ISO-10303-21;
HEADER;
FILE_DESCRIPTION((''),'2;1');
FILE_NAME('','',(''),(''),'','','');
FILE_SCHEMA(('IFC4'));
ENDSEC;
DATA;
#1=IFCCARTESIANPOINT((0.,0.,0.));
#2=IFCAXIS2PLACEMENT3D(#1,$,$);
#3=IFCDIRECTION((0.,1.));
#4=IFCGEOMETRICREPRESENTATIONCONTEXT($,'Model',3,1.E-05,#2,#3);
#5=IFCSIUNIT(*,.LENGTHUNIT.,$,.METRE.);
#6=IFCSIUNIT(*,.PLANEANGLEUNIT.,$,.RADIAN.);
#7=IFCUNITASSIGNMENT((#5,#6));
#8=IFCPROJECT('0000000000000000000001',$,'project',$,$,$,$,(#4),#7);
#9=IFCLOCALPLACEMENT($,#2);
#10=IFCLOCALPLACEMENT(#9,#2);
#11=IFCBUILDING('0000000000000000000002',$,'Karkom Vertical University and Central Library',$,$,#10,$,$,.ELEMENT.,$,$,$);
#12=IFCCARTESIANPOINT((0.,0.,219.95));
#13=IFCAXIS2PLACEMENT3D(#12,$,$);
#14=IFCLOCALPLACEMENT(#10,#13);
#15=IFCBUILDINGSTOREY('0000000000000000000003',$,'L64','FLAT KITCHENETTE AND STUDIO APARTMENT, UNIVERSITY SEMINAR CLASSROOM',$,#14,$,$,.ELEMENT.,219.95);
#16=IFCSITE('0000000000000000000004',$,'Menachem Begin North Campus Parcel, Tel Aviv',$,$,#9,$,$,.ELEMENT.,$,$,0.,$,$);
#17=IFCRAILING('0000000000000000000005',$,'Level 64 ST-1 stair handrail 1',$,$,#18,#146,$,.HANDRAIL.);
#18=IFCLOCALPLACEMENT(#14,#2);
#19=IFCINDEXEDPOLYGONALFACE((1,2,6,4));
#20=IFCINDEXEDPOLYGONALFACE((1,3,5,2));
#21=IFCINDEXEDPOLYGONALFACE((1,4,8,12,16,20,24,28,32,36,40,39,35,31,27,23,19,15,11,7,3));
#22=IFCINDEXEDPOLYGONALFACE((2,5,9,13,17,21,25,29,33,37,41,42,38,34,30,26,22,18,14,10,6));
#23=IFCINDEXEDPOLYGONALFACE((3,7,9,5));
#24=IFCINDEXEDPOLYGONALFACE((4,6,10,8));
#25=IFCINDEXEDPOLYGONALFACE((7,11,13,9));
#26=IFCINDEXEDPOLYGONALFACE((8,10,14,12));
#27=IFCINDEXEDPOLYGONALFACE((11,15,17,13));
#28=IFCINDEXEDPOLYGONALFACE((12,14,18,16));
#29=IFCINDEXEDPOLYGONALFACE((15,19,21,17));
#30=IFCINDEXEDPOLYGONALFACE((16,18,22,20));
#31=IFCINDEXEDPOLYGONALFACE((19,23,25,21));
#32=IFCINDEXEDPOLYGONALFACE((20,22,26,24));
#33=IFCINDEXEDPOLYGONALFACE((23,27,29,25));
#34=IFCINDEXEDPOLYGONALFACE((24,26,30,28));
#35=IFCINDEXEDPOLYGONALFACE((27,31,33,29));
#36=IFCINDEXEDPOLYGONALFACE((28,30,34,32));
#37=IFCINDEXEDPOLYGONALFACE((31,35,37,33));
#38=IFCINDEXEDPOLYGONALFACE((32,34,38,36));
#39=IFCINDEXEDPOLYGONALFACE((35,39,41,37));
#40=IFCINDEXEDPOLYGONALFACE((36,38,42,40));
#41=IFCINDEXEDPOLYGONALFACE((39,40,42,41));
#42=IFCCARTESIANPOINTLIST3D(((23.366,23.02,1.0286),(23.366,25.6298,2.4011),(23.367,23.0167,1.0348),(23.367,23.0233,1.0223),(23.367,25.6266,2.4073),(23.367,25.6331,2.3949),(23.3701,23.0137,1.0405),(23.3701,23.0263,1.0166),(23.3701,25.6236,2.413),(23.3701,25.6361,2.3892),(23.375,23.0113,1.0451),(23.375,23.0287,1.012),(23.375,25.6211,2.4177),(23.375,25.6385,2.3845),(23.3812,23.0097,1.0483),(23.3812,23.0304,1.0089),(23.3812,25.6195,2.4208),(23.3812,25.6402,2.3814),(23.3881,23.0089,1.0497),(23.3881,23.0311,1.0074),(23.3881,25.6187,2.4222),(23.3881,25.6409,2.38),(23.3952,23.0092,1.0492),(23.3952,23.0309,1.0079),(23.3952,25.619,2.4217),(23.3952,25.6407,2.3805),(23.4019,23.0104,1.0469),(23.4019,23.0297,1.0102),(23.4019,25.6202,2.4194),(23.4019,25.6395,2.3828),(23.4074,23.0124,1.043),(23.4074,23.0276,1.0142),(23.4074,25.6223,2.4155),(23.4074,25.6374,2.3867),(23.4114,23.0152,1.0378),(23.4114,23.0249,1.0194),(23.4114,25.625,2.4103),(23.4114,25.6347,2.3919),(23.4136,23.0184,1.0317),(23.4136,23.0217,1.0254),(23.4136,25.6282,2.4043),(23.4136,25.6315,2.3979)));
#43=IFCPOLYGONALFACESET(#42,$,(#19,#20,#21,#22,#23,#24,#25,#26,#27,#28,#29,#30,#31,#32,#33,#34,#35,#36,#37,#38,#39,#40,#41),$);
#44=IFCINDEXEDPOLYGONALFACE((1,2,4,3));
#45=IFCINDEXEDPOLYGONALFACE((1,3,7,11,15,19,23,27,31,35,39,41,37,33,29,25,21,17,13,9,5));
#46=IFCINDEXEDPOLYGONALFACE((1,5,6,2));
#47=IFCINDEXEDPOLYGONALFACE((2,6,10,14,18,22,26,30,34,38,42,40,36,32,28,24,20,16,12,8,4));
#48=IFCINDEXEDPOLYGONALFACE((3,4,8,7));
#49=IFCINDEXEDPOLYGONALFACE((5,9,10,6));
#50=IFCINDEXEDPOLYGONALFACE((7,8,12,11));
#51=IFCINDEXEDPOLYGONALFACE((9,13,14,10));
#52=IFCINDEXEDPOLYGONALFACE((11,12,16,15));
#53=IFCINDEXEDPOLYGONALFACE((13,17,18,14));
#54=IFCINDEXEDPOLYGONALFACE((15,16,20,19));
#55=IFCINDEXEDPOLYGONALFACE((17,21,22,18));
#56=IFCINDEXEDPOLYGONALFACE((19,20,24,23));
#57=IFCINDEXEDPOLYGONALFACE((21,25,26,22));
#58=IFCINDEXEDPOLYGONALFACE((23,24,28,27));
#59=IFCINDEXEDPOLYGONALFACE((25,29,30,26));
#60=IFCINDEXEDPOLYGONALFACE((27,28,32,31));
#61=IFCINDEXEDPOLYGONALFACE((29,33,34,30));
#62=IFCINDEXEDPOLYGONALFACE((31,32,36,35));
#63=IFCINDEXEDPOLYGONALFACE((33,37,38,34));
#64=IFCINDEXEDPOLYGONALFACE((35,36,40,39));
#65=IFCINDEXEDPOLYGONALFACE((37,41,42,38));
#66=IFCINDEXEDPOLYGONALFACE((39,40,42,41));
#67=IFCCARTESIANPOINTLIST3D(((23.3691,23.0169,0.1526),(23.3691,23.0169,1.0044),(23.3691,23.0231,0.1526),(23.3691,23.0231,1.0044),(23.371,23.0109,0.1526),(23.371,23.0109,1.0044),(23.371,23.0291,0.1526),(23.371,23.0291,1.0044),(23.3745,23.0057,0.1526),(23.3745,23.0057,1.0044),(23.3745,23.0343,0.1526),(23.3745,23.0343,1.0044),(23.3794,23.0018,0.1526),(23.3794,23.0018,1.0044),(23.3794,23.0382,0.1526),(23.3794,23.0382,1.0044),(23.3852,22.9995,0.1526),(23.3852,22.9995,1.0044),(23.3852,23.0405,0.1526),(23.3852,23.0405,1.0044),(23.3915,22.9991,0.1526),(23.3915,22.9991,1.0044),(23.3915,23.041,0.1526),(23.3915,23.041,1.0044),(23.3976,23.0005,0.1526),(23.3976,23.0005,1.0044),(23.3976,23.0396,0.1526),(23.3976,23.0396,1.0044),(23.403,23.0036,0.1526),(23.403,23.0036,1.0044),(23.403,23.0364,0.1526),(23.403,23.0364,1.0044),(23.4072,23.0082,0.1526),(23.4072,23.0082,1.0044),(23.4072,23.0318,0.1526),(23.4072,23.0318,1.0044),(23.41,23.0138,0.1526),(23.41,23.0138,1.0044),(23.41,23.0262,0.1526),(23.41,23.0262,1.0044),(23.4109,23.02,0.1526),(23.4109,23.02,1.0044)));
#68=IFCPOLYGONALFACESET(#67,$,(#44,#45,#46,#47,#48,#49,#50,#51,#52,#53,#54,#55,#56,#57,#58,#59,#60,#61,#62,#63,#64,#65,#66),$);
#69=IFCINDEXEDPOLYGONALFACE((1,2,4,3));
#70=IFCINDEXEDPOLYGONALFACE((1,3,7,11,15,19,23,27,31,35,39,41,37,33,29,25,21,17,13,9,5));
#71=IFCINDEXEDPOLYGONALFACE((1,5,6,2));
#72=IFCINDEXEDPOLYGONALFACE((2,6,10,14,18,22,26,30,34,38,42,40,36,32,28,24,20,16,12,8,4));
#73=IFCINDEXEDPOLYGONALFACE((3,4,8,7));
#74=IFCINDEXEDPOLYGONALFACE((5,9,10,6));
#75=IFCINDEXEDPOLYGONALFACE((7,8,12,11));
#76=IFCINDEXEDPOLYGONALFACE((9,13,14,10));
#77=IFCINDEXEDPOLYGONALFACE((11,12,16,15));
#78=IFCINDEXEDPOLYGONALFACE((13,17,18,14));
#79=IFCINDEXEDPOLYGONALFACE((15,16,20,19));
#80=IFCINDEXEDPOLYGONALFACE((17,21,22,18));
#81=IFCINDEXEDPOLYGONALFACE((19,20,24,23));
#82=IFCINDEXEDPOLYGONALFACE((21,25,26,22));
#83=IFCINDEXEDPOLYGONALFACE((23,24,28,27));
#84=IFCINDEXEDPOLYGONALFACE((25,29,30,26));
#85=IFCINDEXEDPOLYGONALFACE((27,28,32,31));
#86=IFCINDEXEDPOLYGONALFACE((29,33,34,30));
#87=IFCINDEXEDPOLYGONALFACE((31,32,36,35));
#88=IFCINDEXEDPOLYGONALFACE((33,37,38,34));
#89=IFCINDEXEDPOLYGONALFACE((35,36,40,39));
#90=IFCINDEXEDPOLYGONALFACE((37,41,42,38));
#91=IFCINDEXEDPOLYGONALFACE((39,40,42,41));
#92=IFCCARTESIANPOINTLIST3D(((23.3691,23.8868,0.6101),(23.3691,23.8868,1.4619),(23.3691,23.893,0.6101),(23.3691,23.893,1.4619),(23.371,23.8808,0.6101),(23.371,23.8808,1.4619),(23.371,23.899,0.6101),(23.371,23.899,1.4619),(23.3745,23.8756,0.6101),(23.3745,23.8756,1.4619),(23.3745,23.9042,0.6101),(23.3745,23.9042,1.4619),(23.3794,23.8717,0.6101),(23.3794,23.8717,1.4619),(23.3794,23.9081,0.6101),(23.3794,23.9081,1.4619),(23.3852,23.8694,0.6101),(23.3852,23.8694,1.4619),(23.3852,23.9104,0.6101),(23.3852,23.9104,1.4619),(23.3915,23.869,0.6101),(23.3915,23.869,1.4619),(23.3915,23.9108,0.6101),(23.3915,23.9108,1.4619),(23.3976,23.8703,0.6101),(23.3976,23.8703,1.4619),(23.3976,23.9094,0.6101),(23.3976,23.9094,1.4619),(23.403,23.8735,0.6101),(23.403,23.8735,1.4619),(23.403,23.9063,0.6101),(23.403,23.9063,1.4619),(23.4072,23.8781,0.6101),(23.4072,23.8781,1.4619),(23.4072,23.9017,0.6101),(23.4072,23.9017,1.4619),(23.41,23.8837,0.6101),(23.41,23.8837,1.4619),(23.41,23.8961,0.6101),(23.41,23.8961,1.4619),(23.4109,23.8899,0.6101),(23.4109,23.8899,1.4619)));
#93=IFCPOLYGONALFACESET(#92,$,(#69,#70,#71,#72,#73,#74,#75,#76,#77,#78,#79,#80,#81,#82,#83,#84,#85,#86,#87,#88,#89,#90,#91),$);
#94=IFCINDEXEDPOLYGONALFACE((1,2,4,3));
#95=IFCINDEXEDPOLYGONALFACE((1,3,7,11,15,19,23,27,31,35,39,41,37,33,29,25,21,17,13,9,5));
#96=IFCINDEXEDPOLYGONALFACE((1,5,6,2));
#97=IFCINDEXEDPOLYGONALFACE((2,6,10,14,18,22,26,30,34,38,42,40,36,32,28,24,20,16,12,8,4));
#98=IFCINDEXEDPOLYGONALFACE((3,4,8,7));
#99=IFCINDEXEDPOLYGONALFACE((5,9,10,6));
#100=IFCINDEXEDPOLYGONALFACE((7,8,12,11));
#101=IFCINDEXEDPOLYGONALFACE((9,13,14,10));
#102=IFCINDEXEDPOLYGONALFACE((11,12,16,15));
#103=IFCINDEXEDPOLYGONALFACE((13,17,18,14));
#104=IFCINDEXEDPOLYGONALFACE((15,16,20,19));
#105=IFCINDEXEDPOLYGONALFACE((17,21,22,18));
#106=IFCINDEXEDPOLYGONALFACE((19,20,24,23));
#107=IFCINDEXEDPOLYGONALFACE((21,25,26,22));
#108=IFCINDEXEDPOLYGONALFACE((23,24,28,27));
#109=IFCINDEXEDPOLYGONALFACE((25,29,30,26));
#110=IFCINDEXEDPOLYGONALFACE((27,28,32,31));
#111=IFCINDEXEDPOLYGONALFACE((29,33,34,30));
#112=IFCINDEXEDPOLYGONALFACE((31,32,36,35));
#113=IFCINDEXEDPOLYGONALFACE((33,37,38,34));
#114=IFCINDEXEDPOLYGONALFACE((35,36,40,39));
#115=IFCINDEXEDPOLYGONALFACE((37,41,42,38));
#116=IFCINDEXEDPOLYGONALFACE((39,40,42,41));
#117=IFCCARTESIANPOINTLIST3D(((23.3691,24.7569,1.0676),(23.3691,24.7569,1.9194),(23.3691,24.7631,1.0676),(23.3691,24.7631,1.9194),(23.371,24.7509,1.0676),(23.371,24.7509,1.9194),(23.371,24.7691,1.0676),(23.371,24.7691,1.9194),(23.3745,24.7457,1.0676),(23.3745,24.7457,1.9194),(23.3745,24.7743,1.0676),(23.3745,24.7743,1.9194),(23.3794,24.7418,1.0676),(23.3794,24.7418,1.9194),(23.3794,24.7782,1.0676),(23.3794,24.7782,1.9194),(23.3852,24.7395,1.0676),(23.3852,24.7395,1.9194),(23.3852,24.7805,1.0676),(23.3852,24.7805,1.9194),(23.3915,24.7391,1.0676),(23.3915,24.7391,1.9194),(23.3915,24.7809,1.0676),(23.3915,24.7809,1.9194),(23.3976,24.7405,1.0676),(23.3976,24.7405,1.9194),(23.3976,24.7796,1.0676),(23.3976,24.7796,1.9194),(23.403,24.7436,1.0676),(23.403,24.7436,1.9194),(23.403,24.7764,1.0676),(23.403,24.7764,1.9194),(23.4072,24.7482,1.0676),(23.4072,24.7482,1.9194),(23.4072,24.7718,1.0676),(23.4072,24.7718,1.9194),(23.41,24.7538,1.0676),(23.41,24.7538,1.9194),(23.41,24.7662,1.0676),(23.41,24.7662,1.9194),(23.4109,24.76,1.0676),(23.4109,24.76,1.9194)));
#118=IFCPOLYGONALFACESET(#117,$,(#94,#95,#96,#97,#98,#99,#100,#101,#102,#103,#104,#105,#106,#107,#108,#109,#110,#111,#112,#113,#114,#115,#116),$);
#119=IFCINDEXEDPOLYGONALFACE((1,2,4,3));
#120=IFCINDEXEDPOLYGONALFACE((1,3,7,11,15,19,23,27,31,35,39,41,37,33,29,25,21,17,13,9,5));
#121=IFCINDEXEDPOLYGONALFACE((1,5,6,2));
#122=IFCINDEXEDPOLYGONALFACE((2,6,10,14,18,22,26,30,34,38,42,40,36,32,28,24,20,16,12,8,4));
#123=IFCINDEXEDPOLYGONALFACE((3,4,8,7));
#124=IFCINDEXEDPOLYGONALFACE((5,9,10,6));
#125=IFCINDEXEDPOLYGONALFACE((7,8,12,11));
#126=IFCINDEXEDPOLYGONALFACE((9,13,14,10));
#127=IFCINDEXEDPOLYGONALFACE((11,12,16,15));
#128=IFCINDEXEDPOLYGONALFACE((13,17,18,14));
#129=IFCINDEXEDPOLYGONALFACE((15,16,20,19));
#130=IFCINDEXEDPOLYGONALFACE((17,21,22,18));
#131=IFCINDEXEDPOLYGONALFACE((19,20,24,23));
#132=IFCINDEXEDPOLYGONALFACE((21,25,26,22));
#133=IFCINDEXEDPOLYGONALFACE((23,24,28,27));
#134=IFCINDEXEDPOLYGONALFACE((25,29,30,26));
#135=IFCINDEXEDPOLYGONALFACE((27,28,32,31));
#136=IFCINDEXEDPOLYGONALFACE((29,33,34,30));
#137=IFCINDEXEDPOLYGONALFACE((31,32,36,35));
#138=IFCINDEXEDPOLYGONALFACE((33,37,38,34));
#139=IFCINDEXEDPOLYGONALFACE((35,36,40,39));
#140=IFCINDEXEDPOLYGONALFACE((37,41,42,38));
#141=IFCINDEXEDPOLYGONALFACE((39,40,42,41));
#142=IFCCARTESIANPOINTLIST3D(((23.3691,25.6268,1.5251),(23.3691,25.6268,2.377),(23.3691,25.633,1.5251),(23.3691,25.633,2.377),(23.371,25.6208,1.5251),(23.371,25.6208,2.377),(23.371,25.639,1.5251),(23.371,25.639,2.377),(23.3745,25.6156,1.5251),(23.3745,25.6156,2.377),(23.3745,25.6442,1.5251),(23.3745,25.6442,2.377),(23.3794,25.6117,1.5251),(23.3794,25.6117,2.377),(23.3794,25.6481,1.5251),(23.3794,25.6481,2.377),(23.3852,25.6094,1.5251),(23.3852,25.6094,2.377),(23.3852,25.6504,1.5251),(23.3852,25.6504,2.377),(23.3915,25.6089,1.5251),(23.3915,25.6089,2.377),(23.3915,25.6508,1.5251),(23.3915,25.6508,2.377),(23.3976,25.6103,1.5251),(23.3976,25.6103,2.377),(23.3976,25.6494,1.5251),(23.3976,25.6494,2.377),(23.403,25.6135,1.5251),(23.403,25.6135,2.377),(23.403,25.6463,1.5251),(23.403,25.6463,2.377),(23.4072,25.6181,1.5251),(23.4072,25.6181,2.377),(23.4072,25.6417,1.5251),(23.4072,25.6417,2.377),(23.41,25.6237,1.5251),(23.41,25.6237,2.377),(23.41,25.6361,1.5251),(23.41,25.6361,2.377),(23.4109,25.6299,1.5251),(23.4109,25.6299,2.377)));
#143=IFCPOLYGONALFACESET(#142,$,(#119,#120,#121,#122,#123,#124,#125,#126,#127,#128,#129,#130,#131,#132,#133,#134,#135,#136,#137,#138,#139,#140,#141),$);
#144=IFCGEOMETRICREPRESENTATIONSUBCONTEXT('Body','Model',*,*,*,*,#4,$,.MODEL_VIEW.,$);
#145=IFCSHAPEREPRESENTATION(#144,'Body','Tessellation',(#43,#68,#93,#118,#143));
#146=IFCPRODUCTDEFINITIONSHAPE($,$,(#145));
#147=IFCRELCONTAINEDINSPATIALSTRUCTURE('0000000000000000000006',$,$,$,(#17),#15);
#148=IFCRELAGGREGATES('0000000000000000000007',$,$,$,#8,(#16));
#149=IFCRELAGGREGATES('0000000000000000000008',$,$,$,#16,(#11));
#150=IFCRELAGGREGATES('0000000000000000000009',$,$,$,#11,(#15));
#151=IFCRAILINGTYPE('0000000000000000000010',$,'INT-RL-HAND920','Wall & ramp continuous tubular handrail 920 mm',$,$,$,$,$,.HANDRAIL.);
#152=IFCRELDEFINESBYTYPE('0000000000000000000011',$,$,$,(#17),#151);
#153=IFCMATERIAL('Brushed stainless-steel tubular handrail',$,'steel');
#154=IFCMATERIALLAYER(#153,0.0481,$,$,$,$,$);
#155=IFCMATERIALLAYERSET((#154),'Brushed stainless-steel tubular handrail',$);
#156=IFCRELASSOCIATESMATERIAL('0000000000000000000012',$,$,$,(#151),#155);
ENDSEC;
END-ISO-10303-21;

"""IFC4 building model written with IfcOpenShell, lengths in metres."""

from ifc_helpers import new_model, si_unit, direction, frame, origin, origin_2d, place, context, subcontext, project, spatial, circle, extrude, material, layer, layer_set, type_object, element, save


model = new_model("IFC4")

# Units and contexts
model_context = context("Model", 3, precision=1e-05, world=origin(), true_north=direction((0.0, 1.0)))
body_context = subcontext(model_context, "Body", "Model", "MODEL_VIEW")
ifc_project = project(units=[si_unit("LENGTHUNIT", "METRE"), si_unit("PLANEANGLEUNIT", "RADIAN")], contexts=[model_context])

# Site, building, storey
site_placement = place(None, origin())
site = spatial("IfcSite", under=ifc_project, at=site_placement, Name="Menachem Begin North Campus Parcel, Tel Aviv", CompositionType="ELEMENT", RefElevation=0.0)
building_placement = place(site_placement, origin())
building = spatial("IfcBuilding", under=site, at=building_placement, Name="Karkom Vertical University and Central Library", CompositionType="ELEMENT")
storey_placement = place(building_placement, frame((0.0, 0.0, 219.95)))
storey = spatial("IfcBuildingStorey", under=building, at=storey_placement, Name="L64", Description="FLAT KITCHENETTE AND STUDIO APARTMENT, UNIVERSITY SEMINAR CLASSROOM", CompositionType="ELEMENT", Elevation=219.95)

# Railing
ifc_material_1 = material(Name="Brushed stainless-steel tubular handrail", Category="steel")
ifc_layer_1 = layer(ifc_material_1, 0.0481)
ifc_layer_set_1 = layer_set([ifc_layer_1], Name="Brushed stainless-steel tubular handrail")
railing_type_1 = type_object("IfcRailingType", Name="INT-RL-HAND920", Description="Wall & ramp continuous tubular handrail 920 mm", PredefinedType="HANDRAIL", material=ifc_layer_set_1)
railing_1_placement = place(storey_placement, frame((23.3899, 23.02, 0.1526)))
element("IfcRailing", 1, at=railing_1_placement, inside=storey, type_object=railing_type_1, Name="Level 64 ST-1 stair handrail 1", PredefinedType="HANDRAIL", context=body_context, shape_type="SweptSolid", body=[
    extrude(circle(Radius=0.0239, at=origin_2d()), frame((0.0, 0.0, 0.876), z_axis=(0.0, 0.885065, 0.465467), x_axis=(-1.0, 0.0, 0.0)), (0.0, 0.0, 1.0), 2.9487),
    extrude(circle(Radius=0.021, at=origin_2d()), origin(), (0.0, 0.0, 1.0), 0.8518),
    extrude(circle(Radius=0.021, at=origin_2d()), frame((0.0, 0.8699, 0.4575)), (0.0, 0.0, 1.0), 0.8518),
    extrude(circle(Radius=0.021, at=origin_2d()), frame((0.0, 1.74, 0.915)), (0.0, 0.0, 1.0), 0.8518),
    extrude(circle(Radius=0.021, at=origin_2d()), frame((0.0, 2.6099, 1.3726)), (0.0, 0.0, 1.0), 0.8518),
])

save(model, "model.ifc")
